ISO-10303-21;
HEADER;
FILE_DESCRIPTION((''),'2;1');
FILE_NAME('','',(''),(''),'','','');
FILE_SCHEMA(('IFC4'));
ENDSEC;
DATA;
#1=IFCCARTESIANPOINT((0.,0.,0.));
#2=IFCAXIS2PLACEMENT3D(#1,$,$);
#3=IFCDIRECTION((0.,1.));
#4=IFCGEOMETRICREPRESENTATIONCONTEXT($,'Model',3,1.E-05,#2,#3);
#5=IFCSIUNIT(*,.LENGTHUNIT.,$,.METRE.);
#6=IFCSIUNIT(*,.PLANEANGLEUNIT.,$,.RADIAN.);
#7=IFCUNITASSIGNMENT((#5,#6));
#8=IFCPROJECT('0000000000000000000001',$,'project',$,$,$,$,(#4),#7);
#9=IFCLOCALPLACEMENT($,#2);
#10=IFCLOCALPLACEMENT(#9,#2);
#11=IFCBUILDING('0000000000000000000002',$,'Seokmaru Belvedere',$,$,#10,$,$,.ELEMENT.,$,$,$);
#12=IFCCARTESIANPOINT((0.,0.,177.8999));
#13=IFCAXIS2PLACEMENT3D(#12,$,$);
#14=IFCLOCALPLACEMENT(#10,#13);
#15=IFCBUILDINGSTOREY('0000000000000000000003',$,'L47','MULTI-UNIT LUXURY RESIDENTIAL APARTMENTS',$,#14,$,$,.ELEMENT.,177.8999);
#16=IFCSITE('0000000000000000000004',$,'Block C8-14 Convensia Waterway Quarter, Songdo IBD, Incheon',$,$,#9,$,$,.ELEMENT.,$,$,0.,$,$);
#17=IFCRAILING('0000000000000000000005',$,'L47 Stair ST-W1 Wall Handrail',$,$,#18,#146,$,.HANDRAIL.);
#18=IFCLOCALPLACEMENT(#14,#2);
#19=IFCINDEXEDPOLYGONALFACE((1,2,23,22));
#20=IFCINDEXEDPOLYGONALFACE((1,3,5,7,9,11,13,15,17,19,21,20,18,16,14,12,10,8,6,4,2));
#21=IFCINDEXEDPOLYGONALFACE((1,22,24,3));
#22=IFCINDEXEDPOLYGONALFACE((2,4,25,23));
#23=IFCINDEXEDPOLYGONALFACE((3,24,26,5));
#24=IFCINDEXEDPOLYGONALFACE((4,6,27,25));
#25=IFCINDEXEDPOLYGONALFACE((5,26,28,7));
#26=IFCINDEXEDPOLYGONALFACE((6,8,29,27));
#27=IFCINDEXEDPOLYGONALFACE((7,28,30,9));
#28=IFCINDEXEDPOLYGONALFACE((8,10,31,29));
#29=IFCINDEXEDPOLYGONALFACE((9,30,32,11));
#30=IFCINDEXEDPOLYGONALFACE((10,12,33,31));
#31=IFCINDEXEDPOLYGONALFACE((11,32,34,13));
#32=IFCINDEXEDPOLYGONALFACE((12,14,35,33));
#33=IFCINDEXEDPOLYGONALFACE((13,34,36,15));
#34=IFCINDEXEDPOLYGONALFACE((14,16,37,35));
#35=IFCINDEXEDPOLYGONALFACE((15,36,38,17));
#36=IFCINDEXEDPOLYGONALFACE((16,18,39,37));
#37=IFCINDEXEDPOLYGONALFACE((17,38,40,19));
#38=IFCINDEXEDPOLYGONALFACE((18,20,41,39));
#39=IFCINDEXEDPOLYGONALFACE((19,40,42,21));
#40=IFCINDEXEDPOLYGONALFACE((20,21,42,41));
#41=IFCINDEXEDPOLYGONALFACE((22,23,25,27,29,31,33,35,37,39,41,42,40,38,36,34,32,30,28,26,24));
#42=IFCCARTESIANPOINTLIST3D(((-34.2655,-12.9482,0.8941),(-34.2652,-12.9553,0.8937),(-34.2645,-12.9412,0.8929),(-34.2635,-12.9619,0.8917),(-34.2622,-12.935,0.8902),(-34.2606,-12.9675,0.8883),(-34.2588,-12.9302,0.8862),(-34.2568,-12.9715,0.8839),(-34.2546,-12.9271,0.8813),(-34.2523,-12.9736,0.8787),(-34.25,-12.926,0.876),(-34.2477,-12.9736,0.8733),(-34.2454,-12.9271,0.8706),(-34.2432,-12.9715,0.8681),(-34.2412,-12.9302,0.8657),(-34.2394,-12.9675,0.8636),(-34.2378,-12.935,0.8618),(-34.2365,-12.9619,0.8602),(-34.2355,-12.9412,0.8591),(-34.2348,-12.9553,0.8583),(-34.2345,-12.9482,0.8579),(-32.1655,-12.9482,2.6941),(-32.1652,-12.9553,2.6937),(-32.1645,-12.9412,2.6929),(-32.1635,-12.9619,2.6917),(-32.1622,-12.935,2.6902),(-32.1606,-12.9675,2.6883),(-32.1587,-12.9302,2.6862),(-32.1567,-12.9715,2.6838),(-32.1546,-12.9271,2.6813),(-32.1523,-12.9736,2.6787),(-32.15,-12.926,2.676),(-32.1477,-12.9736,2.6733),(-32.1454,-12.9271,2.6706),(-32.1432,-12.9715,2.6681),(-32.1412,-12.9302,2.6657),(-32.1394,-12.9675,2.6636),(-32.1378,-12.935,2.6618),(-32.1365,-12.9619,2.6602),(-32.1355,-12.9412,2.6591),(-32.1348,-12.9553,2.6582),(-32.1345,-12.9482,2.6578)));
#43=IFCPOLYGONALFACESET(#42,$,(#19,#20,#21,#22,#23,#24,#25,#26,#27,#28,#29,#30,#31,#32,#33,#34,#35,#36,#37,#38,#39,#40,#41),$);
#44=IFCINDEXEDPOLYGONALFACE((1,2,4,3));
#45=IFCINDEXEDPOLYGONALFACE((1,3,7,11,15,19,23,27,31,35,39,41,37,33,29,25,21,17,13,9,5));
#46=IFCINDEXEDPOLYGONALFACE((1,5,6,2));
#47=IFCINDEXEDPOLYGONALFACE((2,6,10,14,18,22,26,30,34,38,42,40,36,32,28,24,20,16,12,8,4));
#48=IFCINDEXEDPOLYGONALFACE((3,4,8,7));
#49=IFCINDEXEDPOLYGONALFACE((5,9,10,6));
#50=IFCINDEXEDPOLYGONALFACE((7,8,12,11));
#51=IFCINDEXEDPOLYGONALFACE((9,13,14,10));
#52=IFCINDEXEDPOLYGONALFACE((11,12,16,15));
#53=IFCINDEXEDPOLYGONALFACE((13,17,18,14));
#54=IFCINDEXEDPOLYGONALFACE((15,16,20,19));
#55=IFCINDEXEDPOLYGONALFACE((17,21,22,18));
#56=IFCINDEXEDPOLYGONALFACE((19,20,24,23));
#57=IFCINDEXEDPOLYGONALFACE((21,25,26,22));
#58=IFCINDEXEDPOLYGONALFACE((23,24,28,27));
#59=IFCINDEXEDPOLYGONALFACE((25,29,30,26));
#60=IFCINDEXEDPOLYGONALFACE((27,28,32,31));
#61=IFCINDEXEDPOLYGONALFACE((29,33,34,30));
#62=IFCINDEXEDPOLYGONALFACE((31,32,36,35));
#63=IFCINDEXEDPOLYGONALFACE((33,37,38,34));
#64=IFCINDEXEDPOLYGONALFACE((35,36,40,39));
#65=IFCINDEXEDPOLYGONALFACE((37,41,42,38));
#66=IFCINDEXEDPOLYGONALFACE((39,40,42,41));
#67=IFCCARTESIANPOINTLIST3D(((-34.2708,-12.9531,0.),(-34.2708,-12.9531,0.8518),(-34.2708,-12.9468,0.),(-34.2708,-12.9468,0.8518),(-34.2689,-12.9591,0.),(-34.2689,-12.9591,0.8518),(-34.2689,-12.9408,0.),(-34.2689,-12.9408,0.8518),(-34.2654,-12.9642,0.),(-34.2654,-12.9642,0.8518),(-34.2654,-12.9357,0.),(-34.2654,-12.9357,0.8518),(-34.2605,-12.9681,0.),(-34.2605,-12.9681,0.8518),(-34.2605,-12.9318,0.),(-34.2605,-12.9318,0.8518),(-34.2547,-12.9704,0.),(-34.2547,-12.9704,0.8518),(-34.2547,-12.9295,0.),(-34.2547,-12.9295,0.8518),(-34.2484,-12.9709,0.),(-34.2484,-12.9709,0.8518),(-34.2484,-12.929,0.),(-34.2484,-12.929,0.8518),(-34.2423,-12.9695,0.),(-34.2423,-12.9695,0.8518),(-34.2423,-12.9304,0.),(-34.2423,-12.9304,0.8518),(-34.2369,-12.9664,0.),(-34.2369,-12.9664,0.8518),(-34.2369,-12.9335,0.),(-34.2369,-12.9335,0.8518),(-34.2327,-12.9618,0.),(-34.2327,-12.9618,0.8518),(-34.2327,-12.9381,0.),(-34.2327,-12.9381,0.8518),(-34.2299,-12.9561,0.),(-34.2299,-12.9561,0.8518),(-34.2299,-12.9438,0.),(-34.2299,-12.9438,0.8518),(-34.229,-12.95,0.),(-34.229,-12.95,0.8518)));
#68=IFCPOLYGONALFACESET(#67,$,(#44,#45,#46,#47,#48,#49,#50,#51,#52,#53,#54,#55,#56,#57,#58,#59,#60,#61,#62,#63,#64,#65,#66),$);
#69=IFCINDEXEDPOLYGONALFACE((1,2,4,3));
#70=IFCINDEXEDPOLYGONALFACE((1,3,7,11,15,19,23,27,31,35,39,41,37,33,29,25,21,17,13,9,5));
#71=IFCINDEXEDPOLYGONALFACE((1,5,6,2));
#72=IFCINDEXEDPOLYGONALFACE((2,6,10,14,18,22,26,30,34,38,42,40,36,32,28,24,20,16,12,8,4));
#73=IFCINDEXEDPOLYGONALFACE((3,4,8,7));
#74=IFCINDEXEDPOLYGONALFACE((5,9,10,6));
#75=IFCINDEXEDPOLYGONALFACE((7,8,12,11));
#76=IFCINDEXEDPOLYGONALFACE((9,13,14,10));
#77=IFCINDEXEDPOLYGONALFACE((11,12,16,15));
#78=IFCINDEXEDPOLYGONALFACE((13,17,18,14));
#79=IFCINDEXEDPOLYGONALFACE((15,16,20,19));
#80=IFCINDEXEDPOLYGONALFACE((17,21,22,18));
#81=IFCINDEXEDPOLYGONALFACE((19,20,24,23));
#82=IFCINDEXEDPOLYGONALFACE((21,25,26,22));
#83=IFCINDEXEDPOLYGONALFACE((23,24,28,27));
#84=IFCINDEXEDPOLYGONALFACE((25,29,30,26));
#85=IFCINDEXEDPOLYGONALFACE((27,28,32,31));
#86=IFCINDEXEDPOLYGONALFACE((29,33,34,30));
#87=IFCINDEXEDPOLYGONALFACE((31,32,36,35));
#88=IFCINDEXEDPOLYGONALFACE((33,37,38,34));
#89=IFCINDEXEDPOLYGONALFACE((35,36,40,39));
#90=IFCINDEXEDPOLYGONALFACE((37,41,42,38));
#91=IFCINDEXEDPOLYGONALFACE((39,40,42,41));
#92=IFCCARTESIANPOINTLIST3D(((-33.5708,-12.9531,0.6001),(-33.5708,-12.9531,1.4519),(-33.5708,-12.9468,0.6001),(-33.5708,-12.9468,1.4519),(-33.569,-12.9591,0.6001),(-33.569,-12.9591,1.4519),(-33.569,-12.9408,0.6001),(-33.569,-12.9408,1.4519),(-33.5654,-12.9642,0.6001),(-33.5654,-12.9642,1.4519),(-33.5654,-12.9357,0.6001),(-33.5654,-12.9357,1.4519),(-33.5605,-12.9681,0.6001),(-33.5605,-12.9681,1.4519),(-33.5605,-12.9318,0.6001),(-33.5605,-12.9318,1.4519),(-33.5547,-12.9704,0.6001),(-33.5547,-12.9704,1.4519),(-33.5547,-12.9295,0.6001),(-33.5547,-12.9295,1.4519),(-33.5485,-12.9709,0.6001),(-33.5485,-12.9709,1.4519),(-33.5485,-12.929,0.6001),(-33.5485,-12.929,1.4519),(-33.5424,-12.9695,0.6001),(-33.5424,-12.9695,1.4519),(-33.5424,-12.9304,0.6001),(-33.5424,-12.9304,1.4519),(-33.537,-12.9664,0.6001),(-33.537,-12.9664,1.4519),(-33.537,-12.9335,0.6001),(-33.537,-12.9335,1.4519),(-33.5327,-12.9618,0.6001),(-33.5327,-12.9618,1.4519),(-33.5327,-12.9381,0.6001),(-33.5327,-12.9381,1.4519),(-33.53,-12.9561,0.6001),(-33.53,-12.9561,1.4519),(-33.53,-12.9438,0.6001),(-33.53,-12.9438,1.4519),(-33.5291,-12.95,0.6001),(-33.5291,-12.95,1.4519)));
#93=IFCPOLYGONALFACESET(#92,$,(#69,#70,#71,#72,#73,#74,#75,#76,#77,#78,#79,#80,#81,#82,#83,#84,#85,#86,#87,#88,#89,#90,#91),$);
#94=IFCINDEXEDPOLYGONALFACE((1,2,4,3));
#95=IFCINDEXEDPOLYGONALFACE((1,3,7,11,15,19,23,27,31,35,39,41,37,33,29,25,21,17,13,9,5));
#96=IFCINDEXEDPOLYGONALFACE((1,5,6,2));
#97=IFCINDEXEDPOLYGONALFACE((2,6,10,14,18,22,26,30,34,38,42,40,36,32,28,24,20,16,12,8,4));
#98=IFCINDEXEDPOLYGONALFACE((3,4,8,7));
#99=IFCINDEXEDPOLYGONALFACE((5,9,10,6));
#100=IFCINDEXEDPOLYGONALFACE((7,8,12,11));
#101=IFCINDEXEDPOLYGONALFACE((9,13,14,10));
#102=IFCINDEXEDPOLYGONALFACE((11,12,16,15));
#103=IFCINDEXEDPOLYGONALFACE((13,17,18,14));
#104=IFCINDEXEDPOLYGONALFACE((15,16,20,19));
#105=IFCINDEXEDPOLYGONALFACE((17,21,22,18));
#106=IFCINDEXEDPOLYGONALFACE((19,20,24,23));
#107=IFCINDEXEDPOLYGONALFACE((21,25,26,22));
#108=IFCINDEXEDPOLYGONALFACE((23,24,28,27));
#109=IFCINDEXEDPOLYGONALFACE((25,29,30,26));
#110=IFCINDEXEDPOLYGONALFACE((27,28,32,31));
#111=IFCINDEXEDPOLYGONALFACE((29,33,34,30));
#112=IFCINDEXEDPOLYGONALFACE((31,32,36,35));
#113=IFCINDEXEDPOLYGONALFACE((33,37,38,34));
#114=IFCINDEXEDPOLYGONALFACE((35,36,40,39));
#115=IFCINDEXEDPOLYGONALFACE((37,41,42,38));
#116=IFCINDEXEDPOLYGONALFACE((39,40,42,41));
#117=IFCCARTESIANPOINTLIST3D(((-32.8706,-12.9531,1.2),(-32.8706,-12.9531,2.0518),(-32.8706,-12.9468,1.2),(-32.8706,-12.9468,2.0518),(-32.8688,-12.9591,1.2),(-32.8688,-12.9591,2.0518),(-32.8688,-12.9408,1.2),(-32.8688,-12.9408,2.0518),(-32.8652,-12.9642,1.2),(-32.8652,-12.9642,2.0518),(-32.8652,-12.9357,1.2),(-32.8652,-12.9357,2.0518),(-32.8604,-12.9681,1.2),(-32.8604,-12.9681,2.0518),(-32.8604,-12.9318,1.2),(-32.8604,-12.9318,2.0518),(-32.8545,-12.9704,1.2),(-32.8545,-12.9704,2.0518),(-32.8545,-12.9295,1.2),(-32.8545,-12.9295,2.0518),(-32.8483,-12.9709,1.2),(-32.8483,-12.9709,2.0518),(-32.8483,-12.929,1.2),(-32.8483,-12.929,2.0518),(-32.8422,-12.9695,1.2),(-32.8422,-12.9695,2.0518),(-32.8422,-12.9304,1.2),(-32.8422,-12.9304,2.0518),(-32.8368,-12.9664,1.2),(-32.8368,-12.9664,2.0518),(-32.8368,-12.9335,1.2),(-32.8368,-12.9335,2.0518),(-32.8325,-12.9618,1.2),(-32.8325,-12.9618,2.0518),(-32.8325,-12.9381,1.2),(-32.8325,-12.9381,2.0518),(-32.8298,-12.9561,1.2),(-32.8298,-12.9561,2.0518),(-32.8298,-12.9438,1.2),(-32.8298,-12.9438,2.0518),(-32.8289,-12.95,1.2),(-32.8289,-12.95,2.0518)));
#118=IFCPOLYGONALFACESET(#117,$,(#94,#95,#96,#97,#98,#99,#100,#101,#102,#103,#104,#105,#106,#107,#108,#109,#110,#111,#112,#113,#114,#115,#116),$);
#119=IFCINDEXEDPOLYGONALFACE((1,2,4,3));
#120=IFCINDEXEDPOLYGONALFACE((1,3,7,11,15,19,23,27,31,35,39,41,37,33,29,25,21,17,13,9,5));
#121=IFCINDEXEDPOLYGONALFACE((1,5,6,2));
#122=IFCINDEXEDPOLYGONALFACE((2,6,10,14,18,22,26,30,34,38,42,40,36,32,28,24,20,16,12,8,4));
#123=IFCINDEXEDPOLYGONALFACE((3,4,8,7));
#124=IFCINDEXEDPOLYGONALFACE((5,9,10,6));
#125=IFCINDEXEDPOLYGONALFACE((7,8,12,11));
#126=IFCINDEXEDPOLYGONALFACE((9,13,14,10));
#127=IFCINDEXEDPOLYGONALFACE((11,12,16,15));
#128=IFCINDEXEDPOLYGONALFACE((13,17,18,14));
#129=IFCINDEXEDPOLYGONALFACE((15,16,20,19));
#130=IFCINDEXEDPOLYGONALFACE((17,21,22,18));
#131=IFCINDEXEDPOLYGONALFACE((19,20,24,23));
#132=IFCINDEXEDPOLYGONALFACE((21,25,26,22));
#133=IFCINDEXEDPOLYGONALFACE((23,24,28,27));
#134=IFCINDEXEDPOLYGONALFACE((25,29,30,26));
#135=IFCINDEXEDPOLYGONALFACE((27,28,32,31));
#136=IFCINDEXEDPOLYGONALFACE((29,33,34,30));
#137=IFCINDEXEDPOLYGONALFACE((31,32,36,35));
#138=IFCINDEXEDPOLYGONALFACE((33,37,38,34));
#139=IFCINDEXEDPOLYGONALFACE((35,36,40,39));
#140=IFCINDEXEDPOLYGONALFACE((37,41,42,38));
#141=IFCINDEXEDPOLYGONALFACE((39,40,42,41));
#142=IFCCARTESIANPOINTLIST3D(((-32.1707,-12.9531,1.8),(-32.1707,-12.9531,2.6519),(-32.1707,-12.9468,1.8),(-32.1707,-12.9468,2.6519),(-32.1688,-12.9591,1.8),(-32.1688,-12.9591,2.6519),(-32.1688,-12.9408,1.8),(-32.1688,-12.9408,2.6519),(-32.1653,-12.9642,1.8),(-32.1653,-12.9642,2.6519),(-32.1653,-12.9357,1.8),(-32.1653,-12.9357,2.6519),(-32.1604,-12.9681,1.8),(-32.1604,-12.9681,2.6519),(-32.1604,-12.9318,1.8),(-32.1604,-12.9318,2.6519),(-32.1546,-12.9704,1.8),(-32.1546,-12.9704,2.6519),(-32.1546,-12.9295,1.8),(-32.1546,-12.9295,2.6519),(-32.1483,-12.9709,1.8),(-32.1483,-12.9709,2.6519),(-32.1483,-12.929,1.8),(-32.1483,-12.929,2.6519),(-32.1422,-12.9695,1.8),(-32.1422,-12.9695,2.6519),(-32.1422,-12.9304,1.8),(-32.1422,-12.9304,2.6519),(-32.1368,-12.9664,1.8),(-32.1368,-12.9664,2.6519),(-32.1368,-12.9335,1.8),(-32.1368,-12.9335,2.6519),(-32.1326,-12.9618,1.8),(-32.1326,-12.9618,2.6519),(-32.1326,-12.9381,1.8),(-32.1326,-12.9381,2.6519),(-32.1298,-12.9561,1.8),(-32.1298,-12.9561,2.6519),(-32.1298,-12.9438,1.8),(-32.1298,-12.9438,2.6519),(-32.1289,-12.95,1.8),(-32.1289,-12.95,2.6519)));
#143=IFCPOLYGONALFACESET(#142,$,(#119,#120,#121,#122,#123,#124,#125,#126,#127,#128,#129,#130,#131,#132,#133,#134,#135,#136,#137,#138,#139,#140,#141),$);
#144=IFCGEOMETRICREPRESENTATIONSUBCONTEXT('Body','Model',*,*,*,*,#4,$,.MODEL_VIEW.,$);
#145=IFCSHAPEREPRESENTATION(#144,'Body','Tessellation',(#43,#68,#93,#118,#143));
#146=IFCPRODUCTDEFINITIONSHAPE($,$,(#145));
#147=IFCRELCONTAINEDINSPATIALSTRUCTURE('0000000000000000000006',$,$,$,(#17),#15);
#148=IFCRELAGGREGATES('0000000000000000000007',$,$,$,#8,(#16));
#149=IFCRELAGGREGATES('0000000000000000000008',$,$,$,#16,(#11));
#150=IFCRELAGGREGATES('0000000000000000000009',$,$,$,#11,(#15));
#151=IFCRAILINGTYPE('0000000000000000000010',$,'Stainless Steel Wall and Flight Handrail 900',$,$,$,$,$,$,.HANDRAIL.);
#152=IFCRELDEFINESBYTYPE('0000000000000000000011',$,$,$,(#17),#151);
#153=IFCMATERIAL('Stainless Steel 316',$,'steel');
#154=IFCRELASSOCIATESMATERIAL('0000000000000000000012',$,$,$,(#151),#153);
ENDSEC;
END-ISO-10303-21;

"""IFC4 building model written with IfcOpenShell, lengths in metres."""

from ifc_helpers import new_model, si_unit, direction, frame, origin, origin_2d, place, context, subcontext, project, spatial, circle, extrude, material, type_object, element, save


model = new_model("IFC4")

# Units and contexts
model_context = context("Model", 3, precision=1e-05, world=origin(), true_north=direction((0.0, 1.0)))
body_context = subcontext(model_context, "Body", "Model", "MODEL_VIEW")
ifc_project = project(units=[si_unit("LENGTHUNIT", "METRE"), si_unit("PLANEANGLEUNIT", "RADIAN")], contexts=[model_context])

# Site, building, storey
site_placement = place(None, origin())
site = spatial("IfcSite", under=ifc_project, at=site_placement, Name="Block C8-14 Convensia Waterway Quarter, Songdo IBD, Incheon", CompositionType="ELEMENT", RefElevation=0.0)
building_placement = place(site_placement, origin())
building = spatial("IfcBuilding", under=site, at=building_placement, Name="Seokmaru Belvedere", CompositionType="ELEMENT")
storey_placement = place(building_placement, frame((0.0, 0.0, 177.8999)))
storey = spatial("IfcBuildingStorey", under=building, at=storey_placement, Name="L47", Description="MULTI-UNIT LUXURY RESIDENTIAL APARTMENTS", CompositionType="ELEMENT", Elevation=177.8999)

# Shared definitions
ifc_material_1 = material(Name="Stainless Steel 316", Category="steel")

# Railing
railing_type_1 = type_object("IfcRailingType", Name="Stainless Steel Wall and Flight Handrail 900", PredefinedType="HANDRAIL", material=ifc_material_1)
railing_1_placement = place(storey_placement, frame((-34.25, -12.95, 0.0)))
element("IfcRailing", 1, at=railing_1_placement, inside=storey, type_object=railing_type_1, Name="L47 Stair ST-W1 Wall Handrail", PredefinedType="HANDRAIL", context=body_context, shape_type="SweptSolid", body=[
    extrude(circle(Radius=0.0239, at=origin_2d()), frame((0.0, 0.0, 0.876), z_axis=(0.759263, 0.0, 0.650784), x_axis=(0.0, 1.0, 0.0)), (0.0, 0.0, 1.0), 2.7659),
    extrude(circle(Radius=0.021, at=origin_2d()), origin(), (0.0, 0.0, 1.0), 0.8518),
    extrude(circle(Radius=0.021, at=origin_2d()), frame((0.7, 0.0, 0.6001)), (0.0, 0.0, 1.0), 0.8518),
    extrude(circle(Radius=0.021, at=origin_2d()), frame((1.4001, 0.0, 1.2)), (0.0, 0.0, 1.0), 0.8518),
    extrude(circle(Radius=0.021, at=origin_2d()), frame((2.1001, 0.0, 1.8)), (0.0, 0.0, 1.0), 0.8518),
])

save(model, "model.ifc")
